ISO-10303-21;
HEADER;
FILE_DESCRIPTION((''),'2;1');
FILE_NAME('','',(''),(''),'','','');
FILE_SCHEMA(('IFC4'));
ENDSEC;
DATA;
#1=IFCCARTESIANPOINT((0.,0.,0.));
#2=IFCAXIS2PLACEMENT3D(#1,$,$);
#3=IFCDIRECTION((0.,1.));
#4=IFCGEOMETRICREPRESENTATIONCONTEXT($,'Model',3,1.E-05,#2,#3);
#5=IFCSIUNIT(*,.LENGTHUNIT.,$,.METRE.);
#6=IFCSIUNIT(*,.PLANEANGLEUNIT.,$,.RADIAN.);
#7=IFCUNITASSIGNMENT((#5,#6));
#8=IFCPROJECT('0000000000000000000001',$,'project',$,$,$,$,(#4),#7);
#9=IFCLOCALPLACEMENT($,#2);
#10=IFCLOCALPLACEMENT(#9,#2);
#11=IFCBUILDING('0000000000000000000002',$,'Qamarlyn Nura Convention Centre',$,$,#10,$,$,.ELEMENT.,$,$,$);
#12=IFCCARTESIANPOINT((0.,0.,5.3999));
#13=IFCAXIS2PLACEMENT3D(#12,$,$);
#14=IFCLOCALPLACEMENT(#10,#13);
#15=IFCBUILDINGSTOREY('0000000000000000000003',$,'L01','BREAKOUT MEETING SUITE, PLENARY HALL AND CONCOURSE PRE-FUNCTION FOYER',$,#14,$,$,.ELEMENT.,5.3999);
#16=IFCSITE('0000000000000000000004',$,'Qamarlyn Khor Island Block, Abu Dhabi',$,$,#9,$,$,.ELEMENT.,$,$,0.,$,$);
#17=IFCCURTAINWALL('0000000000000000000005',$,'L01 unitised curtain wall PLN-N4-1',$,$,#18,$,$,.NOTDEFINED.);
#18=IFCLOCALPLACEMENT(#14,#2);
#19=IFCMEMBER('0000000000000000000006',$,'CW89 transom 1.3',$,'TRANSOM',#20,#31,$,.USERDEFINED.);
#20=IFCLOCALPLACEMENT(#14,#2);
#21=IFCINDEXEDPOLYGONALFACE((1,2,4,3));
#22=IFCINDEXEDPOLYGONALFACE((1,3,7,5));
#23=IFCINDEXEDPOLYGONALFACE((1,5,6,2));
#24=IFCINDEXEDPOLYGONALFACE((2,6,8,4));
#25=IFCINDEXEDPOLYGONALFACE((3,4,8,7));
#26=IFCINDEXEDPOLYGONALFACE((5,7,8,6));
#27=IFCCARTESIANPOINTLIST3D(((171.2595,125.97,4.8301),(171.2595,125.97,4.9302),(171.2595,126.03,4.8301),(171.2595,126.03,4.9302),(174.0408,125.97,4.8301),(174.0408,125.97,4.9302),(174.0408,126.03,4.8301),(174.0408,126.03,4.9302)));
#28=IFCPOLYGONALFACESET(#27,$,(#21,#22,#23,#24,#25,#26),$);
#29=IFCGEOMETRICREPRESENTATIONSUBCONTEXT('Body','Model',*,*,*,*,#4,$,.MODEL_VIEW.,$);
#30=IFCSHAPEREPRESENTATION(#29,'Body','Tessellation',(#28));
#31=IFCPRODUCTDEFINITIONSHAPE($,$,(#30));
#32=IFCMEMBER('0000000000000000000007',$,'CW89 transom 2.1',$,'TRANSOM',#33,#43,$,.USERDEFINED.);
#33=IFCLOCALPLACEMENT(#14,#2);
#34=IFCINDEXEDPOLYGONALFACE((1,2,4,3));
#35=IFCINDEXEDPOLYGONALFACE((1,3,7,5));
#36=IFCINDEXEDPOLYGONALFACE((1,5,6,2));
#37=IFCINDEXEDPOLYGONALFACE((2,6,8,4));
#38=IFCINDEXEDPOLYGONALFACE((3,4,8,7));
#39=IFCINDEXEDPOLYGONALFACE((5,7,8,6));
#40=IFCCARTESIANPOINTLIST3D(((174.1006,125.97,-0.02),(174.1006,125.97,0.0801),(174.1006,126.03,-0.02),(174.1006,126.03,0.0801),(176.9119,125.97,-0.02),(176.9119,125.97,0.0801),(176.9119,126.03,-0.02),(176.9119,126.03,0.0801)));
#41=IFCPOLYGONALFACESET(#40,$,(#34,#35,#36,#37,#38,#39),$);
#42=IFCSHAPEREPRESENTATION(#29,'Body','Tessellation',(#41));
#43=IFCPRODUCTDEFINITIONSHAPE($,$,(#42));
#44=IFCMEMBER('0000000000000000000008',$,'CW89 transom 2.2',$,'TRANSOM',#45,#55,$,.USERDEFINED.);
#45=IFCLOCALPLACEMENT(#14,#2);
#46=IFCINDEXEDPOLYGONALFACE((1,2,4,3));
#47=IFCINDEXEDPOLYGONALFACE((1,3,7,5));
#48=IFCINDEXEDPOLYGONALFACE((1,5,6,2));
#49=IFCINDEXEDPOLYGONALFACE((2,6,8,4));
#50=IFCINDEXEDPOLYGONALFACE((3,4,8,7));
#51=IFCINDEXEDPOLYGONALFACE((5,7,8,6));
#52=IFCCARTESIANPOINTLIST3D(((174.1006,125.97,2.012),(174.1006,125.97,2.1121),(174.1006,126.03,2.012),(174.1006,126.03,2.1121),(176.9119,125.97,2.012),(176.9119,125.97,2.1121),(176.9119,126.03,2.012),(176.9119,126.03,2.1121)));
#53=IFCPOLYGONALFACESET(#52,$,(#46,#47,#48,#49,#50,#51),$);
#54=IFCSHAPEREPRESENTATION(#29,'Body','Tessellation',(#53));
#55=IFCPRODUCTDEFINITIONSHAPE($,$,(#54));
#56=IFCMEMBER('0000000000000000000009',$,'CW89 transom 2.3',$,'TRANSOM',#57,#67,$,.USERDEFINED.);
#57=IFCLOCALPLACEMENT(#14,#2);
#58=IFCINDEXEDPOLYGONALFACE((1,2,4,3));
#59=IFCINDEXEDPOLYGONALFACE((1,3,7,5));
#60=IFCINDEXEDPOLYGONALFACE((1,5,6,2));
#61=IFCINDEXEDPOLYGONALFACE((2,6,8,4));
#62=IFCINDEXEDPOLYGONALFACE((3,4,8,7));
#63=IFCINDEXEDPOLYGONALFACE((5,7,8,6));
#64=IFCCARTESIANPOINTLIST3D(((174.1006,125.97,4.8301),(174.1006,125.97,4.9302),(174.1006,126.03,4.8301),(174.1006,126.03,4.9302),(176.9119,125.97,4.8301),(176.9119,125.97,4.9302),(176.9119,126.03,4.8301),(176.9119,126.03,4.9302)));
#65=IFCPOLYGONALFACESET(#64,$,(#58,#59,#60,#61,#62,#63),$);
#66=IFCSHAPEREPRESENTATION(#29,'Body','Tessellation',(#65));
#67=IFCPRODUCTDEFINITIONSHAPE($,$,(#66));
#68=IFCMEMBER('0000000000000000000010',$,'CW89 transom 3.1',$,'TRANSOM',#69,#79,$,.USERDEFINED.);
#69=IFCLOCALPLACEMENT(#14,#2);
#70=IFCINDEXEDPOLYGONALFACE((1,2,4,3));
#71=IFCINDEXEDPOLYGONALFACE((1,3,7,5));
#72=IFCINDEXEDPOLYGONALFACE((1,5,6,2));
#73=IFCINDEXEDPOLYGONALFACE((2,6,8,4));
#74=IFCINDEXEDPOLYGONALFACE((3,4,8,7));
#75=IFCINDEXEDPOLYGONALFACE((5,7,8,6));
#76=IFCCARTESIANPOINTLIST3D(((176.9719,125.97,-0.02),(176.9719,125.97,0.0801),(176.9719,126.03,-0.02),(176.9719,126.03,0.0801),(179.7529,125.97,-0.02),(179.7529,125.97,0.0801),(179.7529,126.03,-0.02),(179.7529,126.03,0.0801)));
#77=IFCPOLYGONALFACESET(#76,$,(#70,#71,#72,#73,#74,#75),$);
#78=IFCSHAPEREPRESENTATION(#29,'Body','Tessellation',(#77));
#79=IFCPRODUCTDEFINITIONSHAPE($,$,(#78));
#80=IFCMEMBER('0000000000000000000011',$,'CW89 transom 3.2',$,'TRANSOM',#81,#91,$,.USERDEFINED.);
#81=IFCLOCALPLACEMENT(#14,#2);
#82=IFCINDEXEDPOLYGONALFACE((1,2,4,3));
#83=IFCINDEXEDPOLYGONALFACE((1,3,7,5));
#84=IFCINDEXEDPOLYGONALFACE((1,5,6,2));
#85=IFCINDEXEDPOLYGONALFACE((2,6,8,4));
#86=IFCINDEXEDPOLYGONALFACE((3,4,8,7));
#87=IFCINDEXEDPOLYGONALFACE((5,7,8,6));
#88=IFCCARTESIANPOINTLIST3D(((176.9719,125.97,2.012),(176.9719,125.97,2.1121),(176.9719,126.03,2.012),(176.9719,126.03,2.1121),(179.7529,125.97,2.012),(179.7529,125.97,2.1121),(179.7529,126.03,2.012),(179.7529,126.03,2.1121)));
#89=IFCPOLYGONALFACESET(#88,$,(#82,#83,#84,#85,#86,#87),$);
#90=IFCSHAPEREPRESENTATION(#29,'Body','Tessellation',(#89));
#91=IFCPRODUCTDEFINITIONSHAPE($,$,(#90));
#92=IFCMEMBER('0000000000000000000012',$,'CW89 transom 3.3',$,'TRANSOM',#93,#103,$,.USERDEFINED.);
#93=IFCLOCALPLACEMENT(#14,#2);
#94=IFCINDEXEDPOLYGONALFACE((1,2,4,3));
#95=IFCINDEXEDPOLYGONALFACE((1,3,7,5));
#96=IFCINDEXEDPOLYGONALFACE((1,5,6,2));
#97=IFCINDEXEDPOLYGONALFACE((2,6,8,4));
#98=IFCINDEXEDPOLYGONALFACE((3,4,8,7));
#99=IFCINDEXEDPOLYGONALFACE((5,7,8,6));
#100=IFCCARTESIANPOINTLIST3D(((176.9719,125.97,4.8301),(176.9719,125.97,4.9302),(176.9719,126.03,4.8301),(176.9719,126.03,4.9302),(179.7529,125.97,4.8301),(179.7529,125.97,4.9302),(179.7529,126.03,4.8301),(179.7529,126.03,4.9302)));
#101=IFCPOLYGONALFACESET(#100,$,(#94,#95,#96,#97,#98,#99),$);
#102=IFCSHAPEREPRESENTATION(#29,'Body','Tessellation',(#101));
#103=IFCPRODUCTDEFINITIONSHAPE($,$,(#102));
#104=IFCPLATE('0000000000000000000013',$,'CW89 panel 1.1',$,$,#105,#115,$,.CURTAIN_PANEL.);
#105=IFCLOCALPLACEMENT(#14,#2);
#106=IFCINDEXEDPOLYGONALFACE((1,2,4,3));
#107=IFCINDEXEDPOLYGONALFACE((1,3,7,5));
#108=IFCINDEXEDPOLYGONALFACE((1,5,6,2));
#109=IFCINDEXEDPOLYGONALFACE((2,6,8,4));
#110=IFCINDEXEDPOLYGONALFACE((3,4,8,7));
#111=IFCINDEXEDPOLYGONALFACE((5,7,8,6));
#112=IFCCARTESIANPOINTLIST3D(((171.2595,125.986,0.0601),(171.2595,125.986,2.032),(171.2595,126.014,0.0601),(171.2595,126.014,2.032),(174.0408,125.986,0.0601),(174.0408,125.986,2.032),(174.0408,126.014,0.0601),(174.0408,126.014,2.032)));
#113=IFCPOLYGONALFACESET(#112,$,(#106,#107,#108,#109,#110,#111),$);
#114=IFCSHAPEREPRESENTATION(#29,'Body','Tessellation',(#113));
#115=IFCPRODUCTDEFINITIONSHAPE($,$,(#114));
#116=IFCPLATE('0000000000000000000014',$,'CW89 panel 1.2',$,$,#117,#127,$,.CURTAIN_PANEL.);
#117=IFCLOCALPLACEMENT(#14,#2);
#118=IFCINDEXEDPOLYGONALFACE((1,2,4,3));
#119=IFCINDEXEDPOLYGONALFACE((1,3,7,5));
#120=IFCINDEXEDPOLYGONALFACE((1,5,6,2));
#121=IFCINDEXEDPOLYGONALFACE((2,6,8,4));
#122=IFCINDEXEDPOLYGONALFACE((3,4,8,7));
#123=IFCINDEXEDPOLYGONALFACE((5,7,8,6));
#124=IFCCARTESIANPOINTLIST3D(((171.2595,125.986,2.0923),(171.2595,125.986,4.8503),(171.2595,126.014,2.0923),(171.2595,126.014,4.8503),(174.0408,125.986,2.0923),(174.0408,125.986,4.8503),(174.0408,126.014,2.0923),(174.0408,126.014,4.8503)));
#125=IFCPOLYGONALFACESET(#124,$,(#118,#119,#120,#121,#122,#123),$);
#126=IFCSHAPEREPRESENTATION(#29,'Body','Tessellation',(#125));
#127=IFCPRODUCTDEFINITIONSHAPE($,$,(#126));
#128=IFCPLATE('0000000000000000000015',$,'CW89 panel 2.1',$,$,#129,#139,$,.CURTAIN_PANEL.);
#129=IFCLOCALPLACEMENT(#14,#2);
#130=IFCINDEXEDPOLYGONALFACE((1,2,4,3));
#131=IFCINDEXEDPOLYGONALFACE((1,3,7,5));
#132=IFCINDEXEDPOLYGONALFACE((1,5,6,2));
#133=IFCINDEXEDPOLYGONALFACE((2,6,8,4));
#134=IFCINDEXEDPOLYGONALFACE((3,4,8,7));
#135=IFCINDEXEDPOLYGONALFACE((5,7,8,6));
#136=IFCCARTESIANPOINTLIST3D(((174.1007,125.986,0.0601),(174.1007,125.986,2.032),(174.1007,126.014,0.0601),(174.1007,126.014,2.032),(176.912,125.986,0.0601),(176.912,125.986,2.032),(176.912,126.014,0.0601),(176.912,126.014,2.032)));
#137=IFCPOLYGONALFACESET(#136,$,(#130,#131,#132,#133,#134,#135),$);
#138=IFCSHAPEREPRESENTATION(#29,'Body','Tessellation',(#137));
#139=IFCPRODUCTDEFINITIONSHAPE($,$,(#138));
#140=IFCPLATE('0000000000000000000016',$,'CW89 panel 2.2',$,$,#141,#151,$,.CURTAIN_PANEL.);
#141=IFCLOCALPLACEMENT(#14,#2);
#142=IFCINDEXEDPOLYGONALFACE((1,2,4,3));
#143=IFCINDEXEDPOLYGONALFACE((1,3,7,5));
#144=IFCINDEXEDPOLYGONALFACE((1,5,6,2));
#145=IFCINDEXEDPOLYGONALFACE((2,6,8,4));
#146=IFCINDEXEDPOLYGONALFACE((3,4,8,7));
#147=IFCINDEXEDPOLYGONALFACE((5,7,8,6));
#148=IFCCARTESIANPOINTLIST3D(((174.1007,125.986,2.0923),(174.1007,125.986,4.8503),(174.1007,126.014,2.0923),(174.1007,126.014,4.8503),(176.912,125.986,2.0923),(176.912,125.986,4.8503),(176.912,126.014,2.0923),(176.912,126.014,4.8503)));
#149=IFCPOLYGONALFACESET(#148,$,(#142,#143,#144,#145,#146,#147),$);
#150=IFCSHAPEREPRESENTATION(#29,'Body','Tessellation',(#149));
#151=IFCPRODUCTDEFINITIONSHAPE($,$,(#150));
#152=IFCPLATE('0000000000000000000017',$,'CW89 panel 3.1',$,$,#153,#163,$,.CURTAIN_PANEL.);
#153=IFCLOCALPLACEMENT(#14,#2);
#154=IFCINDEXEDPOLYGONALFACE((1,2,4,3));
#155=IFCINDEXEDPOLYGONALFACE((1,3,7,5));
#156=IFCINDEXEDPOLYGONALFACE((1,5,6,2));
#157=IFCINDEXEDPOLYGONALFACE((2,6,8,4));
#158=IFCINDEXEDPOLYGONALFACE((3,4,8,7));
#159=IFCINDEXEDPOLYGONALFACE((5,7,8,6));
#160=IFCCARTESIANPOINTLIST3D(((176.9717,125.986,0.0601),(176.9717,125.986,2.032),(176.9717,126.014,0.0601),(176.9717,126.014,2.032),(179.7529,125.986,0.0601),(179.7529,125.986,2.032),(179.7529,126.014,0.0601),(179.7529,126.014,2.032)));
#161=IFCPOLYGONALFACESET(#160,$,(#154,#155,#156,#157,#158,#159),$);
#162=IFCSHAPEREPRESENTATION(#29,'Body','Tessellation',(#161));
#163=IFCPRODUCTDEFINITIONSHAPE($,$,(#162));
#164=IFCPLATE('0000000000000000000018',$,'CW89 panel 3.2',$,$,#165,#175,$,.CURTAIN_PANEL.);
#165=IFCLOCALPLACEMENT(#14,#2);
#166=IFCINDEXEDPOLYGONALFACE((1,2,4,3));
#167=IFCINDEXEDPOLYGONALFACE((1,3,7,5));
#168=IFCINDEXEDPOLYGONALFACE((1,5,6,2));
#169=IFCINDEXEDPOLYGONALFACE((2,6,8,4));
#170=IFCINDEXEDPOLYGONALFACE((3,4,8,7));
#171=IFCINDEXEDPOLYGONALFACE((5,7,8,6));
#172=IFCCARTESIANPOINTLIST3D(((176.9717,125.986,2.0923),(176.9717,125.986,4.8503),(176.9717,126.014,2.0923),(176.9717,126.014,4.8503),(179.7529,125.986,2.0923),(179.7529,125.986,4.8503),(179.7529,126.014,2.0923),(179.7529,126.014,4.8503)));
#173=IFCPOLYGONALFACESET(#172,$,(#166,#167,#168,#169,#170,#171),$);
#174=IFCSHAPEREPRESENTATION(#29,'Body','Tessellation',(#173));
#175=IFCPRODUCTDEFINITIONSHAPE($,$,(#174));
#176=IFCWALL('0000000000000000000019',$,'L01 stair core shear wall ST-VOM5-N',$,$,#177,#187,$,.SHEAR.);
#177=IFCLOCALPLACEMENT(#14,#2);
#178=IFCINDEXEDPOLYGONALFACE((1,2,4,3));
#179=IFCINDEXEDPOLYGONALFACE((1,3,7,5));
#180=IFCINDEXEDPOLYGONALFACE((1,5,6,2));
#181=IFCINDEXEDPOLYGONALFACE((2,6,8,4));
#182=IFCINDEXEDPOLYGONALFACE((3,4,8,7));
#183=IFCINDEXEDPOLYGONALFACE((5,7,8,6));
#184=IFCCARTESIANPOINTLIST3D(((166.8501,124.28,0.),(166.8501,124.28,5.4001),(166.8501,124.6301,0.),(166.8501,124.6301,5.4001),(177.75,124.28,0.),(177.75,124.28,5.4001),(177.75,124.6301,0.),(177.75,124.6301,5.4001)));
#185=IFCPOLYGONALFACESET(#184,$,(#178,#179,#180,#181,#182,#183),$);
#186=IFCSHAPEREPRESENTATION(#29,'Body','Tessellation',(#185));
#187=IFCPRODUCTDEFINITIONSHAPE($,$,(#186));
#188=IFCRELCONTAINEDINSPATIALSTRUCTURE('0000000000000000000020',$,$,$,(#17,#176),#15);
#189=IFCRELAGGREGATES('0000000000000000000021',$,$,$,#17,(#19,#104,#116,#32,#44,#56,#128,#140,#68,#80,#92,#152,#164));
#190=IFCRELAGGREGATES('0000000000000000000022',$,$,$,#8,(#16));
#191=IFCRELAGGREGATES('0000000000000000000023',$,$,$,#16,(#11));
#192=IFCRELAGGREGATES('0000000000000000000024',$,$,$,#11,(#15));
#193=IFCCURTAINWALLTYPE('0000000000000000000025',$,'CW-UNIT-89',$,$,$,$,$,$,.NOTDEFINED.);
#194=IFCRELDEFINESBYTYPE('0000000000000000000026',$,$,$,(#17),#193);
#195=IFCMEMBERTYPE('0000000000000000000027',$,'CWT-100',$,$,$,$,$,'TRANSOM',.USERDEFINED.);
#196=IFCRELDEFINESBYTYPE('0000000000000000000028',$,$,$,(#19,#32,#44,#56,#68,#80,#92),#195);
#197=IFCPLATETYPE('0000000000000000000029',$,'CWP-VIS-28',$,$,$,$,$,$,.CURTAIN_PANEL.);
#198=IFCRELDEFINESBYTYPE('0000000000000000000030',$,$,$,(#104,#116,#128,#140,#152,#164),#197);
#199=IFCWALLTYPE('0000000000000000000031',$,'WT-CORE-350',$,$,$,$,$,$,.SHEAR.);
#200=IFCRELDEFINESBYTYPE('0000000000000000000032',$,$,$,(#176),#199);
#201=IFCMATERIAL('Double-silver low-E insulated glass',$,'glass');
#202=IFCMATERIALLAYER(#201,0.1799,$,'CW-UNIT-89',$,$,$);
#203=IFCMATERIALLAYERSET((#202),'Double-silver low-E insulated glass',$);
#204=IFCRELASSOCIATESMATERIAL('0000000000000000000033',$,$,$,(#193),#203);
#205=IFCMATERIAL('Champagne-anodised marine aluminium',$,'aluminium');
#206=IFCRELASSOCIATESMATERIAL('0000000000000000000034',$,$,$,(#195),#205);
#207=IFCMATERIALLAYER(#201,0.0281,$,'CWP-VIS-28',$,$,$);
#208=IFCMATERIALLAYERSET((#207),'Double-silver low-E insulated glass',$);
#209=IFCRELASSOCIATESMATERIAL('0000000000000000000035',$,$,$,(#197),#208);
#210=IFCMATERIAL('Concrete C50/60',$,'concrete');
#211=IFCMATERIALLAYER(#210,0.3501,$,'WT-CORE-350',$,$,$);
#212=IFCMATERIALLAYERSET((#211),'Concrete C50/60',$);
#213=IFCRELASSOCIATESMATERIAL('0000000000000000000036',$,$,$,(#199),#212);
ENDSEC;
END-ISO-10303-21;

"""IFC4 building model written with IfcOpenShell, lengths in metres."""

from ifc_helpers import new_model, si_unit, direction, frame, frame_2d, origin, origin_2d, place, context, subcontext, project, spatial, rectangle, extrude, material, layer, layer_set, material_profile, profile_set, type_object, element, aggregate, save


model = new_model("IFC4")

# Units and contexts
model_context = context("Model", 3, precision=1e-05, world=origin(), true_north=direction((0.0, 1.0)))
body_context = subcontext(model_context, "Body", "Model", "MODEL_VIEW")
ifc_project = project(units=[si_unit("LENGTHUNIT", "METRE"), si_unit("PLANEANGLEUNIT", "RADIAN")], contexts=[model_context])

# Site, building, storey
site_placement = place(None, origin())
site = spatial("IfcSite", under=ifc_project, at=site_placement, Name="Qamarlyn Khor Island Block, Abu Dhabi", CompositionType="ELEMENT", RefElevation=0.0)
building_placement = place(site_placement, origin())
building = spatial("IfcBuilding", under=site, at=building_placement, Name="Qamarlyn Nura Convention Centre", CompositionType="ELEMENT")
storey_placement = place(building_placement, frame((0.0, 0.0, 5.3999)))
storey = spatial("IfcBuildingStorey", under=building, at=storey_placement, Name="L01", Description="BREAKOUT MEETING SUITE, PLENARY HALL AND CONCOURSE PRE-FUNCTION FOYER", CompositionType="ELEMENT", Elevation=5.3999)

# Curtain wall, members, plates
ifc_material_1 = material(Name="Double-silver low-E insulated glass", Category="glass")
ifc_layer_1 = layer(ifc_material_1, 0.1799, Name="CW-UNIT-89")
ifc_layer_set_1 = layer_set([ifc_layer_1], Name="Double-silver low-E insulated glass")
curtain_wall_type = type_object("IfcCurtainWallType", Name="CW-UNIT-89", PredefinedType="NOTDEFINED", material=ifc_layer_set_1)
curtain_wall_placement = place(storey_placement, origin())
curtain_wall = element("IfcCurtainWall", 1, at=curtain_wall_placement, inside=storey, type_object=curtain_wall_type, Name="L01 unitised curtain wall PLN-N4-1", PredefinedType="NOTDEFINED")
ifc_material_2 = material(Name="Champagne-anodised marine aluminium", Category="aluminium")
ifc_material_profile_1 = material_profile(ifc_material_2, rectangle(XDim=0.0601, YDim=0.1001, at=origin_2d()), Name="ALU TRANSOM 60x100")
ifc_profile_set_1 = profile_set([ifc_material_profile_1], Name="Champagne-anodised marine aluminium")
member_type_1 = type_object("IfcMemberType", Name="CWT-100", ElementType="TRANSOM", PredefinedType="USERDEFINED", material=ifc_profile_set_1)
member_1_placement = place(storey_placement, frame((171.2595, 126.0, 4.8801), z_axis=(1.0, 0.0, 0.0), x_axis=(0.0, 1.0, 0.0)))
member_1 = element("IfcMember", 2, at=member_1_placement, type_object=member_type_1, Name="CW89 transom 1.3", ObjectType="TRANSOM", PredefinedType="USERDEFINED", context=body_context, shape_type="SweptSolid", body=[
    extrude(rectangle(XDim=0.0601, YDim=0.1001, at=origin_2d()), origin(), (0.0, 0.0, 1.0), 2.7812),
])
member_2_placement = place(storey_placement, frame((174.1006, 126.0, 0.03), z_axis=(1.0, 0.0, 0.0), x_axis=(0.0, 1.0, 0.0)))
member_2 = element("IfcMember", 3, at=member_2_placement, type_object=member_type_1, Name="CW89 transom 2.1", ObjectType="TRANSOM", PredefinedType="USERDEFINED", context=body_context, shape_type="SweptSolid", body=[
    extrude(rectangle(XDim=0.0601, YDim=0.1001, at=origin_2d()), origin(), (0.0, 0.0, 1.0), 2.8113),
])
member_3_placement = place(storey_placement, frame((174.1006, 126.0, 2.062), z_axis=(1.0, 0.0, 0.0), x_axis=(0.0, 1.0, 0.0)))
member_3 = element("IfcMember", 4, at=member_3_placement, type_object=member_type_1, Name="CW89 transom 2.2", ObjectType="TRANSOM", PredefinedType="USERDEFINED", context=body_context, shape_type="SweptSolid", body=[
    extrude(rectangle(XDim=0.0601, YDim=0.1001, at=origin_2d()), origin(), (0.0, 0.0, 1.0), 2.8113),
])
member_4_placement = place(storey_placement, frame((174.1006, 126.0, 4.8801), z_axis=(1.0, 0.0, 0.0), x_axis=(0.0, 1.0, 0.0)))
member_4 = element("IfcMember", 5, at=member_4_placement, type_object=member_type_1, Name="CW89 transom 2.3", ObjectType="TRANSOM", PredefinedType="USERDEFINED", context=body_context, shape_type="SweptSolid", body=[
    extrude(rectangle(XDim=0.0601, YDim=0.1001, at=origin_2d()), origin(), (0.0, 0.0, 1.0), 2.8113),
])
member_5_placement = place(storey_placement, frame((176.9719, 126.0, 0.03), z_axis=(1.0, 0.0, 0.0), x_axis=(0.0, 1.0, 0.0)))
member_5 = element("IfcMember", 6, at=member_5_placement, type_object=member_type_1, Name="CW89 transom 3.1", ObjectType="TRANSOM", PredefinedType="USERDEFINED", context=body_context, shape_type="SweptSolid", body=[
    extrude(rectangle(XDim=0.0601, YDim=0.1001, at=origin_2d()), origin(), (0.0, 0.0, 1.0), 2.781),
])
member_6_placement = place(storey_placement, frame((176.9719, 126.0, 2.062), z_axis=(1.0, 0.0, 0.0), x_axis=(0.0, 1.0, 0.0)))
member_6 = element("IfcMember", 7, at=member_6_placement, type_object=member_type_1, Name="CW89 transom 3.2", ObjectType="TRANSOM", PredefinedType="USERDEFINED", context=body_context, shape_type="SweptSolid", body=[
    extrude(rectangle(XDim=0.0601, YDim=0.1001, at=origin_2d()), origin(), (0.0, 0.0, 1.0), 2.781),
])
member_7_placement = place(storey_placement, frame((176.9719, 126.0, 4.8801), z_axis=(1.0, 0.0, 0.0), x_axis=(0.0, 1.0, 0.0)))
member_7 = element("IfcMember", 8, at=member_7_placement, type_object=member_type_1, Name="CW89 transom 3.3", ObjectType="TRANSOM", PredefinedType="USERDEFINED", context=body_context, shape_type="SweptSolid", body=[
    extrude(rectangle(XDim=0.0601, YDim=0.1001, at=origin_2d()), origin(), (0.0, 0.0, 1.0), 2.781),
])
ifc_layer_2 = layer(ifc_material_1, 0.0281, Name="CWP-VIS-28")
ifc_layer_set_2 = layer_set([ifc_layer_2], Name="Double-silver low-E insulated glass")
plate_type = type_object("IfcPlateType", Name="CWP-VIS-28", PredefinedType="CURTAIN_PANEL", material=ifc_layer_set_2)
plate_1_placement = place(storey_placement, frame((172.6501, 126.0, 0.0601), z_axis=(0.0, 0.0, 1.0), x_axis=(1.0, 0.0, 0.0)))
plate_1 = element("IfcPlate", 9, at=plate_1_placement, type_object=plate_type, Name="CW89 panel 1.1", PredefinedType="CURTAIN_PANEL", context=body_context, shape_type="SweptSolid", body=[
    extrude(rectangle(XDim=2.7812, YDim=0.0281, at=origin_2d()), origin(), (0.0, 0.0, 1.0), 1.9719),
])
plate_2_placement = place(storey_placement, frame((172.6501, 126.0, 2.0923), z_axis=(0.0, 0.0, 1.0), x_axis=(1.0, 0.0, 0.0)))
plate_2 = element("IfcPlate", 10, at=plate_2_placement, type_object=plate_type, Name="CW89 panel 1.2", PredefinedType="CURTAIN_PANEL", context=body_context, shape_type="SweptSolid", body=[
    extrude(rectangle(XDim=2.7812, YDim=0.0281, at=origin_2d()), origin(), (0.0, 0.0, 1.0), 2.7581),
])
plate_3_placement = place(storey_placement, frame((175.5063, 126.0, 0.0601), z_axis=(0.0, 0.0, 1.0), x_axis=(1.0, 0.0, 0.0)))
plate_3 = element("IfcPlate", 11, at=plate_3_placement, type_object=plate_type, Name="CW89 panel 2.1", PredefinedType="CURTAIN_PANEL", context=body_context, shape_type="SweptSolid", body=[
    extrude(rectangle(XDim=2.8113, YDim=0.0281, at=origin_2d()), origin(), (0.0, 0.0, 1.0), 1.9719),
])
plate_4_placement = place(storey_placement, frame((175.5063, 126.0, 2.0923), z_axis=(0.0, 0.0, 1.0), x_axis=(1.0, 0.0, 0.0)))
plate_4 = element("IfcPlate", 12, at=plate_4_placement, type_object=plate_type, Name="CW89 panel 2.2", PredefinedType="CURTAIN_PANEL", context=body_context, shape_type="SweptSolid", body=[
    extrude(rectangle(XDim=2.8113, YDim=0.0281, at=origin_2d()), origin(), (0.0, 0.0, 1.0), 2.7581),
])
plate_5_placement = place(storey_placement, frame((178.3623, 126.0, 0.0601), z_axis=(0.0, 0.0, 1.0), x_axis=(1.0, 0.0, 0.0)))
plate_5 = element("IfcPlate", 13, at=plate_5_placement, type_object=plate_type, Name="CW89 panel 3.1", PredefinedType="CURTAIN_PANEL", context=body_context, shape_type="SweptSolid", body=[
    extrude(rectangle(XDim=2.7812, YDim=0.0281, at=origin_2d()), origin(), (0.0, 0.0, 1.0), 1.9719),
])
plate_6_placement = place(storey_placement, frame((178.3623, 126.0, 2.0923), z_axis=(0.0, 0.0, 1.0), x_axis=(1.0, 0.0, 0.0)))
plate_6 = element("IfcPlate", 14, at=plate_6_placement, type_object=plate_type, Name="CW89 panel 3.2", PredefinedType="CURTAIN_PANEL", context=body_context, shape_type="SweptSolid", body=[
    extrude(rectangle(XDim=2.7812, YDim=0.0281, at=origin_2d()), origin(), (0.0, 0.0, 1.0), 2.7581),
])
aggregate(curtain_wall, [member_1, plate_1, plate_2, member_2, member_3, member_4, plate_3, plate_4, member_5, member_6, member_7, plate_5, plate_6])

# Wall
ifc_material_3 = material(Name="Concrete C50/60", Category="concrete")
ifc_layer_3 = layer(ifc_material_3, 0.3501, Name="WT-CORE-350")
ifc_layer_set_3 = layer_set([ifc_layer_3], Name="Concrete C50/60")
wall_type = type_object("IfcWallType", Name="WT-CORE-350", PredefinedType="SHEAR", material=ifc_layer_set_3)
wall_placement = place(storey_placement, frame((177.75, 124.4551, 0.0), z_axis=(0.0, 0.0, 1.0), x_axis=(-1.0, 0.0, 0.0)))
element("IfcWall", 15, at=wall_placement, inside=storey, type_object=wall_type, Name="L01 stair core shear wall ST-VOM5-N", PredefinedType="SHEAR", context=body_context, shape_type="SweptSolid", body=[
    extrude(rectangle(XDim=10.8999, YDim=0.3501, at=frame_2d((5.45, 0.0))), origin(), (0.0, 0.0, 1.0), 5.4001),
])

save(model, "model.ifc")
